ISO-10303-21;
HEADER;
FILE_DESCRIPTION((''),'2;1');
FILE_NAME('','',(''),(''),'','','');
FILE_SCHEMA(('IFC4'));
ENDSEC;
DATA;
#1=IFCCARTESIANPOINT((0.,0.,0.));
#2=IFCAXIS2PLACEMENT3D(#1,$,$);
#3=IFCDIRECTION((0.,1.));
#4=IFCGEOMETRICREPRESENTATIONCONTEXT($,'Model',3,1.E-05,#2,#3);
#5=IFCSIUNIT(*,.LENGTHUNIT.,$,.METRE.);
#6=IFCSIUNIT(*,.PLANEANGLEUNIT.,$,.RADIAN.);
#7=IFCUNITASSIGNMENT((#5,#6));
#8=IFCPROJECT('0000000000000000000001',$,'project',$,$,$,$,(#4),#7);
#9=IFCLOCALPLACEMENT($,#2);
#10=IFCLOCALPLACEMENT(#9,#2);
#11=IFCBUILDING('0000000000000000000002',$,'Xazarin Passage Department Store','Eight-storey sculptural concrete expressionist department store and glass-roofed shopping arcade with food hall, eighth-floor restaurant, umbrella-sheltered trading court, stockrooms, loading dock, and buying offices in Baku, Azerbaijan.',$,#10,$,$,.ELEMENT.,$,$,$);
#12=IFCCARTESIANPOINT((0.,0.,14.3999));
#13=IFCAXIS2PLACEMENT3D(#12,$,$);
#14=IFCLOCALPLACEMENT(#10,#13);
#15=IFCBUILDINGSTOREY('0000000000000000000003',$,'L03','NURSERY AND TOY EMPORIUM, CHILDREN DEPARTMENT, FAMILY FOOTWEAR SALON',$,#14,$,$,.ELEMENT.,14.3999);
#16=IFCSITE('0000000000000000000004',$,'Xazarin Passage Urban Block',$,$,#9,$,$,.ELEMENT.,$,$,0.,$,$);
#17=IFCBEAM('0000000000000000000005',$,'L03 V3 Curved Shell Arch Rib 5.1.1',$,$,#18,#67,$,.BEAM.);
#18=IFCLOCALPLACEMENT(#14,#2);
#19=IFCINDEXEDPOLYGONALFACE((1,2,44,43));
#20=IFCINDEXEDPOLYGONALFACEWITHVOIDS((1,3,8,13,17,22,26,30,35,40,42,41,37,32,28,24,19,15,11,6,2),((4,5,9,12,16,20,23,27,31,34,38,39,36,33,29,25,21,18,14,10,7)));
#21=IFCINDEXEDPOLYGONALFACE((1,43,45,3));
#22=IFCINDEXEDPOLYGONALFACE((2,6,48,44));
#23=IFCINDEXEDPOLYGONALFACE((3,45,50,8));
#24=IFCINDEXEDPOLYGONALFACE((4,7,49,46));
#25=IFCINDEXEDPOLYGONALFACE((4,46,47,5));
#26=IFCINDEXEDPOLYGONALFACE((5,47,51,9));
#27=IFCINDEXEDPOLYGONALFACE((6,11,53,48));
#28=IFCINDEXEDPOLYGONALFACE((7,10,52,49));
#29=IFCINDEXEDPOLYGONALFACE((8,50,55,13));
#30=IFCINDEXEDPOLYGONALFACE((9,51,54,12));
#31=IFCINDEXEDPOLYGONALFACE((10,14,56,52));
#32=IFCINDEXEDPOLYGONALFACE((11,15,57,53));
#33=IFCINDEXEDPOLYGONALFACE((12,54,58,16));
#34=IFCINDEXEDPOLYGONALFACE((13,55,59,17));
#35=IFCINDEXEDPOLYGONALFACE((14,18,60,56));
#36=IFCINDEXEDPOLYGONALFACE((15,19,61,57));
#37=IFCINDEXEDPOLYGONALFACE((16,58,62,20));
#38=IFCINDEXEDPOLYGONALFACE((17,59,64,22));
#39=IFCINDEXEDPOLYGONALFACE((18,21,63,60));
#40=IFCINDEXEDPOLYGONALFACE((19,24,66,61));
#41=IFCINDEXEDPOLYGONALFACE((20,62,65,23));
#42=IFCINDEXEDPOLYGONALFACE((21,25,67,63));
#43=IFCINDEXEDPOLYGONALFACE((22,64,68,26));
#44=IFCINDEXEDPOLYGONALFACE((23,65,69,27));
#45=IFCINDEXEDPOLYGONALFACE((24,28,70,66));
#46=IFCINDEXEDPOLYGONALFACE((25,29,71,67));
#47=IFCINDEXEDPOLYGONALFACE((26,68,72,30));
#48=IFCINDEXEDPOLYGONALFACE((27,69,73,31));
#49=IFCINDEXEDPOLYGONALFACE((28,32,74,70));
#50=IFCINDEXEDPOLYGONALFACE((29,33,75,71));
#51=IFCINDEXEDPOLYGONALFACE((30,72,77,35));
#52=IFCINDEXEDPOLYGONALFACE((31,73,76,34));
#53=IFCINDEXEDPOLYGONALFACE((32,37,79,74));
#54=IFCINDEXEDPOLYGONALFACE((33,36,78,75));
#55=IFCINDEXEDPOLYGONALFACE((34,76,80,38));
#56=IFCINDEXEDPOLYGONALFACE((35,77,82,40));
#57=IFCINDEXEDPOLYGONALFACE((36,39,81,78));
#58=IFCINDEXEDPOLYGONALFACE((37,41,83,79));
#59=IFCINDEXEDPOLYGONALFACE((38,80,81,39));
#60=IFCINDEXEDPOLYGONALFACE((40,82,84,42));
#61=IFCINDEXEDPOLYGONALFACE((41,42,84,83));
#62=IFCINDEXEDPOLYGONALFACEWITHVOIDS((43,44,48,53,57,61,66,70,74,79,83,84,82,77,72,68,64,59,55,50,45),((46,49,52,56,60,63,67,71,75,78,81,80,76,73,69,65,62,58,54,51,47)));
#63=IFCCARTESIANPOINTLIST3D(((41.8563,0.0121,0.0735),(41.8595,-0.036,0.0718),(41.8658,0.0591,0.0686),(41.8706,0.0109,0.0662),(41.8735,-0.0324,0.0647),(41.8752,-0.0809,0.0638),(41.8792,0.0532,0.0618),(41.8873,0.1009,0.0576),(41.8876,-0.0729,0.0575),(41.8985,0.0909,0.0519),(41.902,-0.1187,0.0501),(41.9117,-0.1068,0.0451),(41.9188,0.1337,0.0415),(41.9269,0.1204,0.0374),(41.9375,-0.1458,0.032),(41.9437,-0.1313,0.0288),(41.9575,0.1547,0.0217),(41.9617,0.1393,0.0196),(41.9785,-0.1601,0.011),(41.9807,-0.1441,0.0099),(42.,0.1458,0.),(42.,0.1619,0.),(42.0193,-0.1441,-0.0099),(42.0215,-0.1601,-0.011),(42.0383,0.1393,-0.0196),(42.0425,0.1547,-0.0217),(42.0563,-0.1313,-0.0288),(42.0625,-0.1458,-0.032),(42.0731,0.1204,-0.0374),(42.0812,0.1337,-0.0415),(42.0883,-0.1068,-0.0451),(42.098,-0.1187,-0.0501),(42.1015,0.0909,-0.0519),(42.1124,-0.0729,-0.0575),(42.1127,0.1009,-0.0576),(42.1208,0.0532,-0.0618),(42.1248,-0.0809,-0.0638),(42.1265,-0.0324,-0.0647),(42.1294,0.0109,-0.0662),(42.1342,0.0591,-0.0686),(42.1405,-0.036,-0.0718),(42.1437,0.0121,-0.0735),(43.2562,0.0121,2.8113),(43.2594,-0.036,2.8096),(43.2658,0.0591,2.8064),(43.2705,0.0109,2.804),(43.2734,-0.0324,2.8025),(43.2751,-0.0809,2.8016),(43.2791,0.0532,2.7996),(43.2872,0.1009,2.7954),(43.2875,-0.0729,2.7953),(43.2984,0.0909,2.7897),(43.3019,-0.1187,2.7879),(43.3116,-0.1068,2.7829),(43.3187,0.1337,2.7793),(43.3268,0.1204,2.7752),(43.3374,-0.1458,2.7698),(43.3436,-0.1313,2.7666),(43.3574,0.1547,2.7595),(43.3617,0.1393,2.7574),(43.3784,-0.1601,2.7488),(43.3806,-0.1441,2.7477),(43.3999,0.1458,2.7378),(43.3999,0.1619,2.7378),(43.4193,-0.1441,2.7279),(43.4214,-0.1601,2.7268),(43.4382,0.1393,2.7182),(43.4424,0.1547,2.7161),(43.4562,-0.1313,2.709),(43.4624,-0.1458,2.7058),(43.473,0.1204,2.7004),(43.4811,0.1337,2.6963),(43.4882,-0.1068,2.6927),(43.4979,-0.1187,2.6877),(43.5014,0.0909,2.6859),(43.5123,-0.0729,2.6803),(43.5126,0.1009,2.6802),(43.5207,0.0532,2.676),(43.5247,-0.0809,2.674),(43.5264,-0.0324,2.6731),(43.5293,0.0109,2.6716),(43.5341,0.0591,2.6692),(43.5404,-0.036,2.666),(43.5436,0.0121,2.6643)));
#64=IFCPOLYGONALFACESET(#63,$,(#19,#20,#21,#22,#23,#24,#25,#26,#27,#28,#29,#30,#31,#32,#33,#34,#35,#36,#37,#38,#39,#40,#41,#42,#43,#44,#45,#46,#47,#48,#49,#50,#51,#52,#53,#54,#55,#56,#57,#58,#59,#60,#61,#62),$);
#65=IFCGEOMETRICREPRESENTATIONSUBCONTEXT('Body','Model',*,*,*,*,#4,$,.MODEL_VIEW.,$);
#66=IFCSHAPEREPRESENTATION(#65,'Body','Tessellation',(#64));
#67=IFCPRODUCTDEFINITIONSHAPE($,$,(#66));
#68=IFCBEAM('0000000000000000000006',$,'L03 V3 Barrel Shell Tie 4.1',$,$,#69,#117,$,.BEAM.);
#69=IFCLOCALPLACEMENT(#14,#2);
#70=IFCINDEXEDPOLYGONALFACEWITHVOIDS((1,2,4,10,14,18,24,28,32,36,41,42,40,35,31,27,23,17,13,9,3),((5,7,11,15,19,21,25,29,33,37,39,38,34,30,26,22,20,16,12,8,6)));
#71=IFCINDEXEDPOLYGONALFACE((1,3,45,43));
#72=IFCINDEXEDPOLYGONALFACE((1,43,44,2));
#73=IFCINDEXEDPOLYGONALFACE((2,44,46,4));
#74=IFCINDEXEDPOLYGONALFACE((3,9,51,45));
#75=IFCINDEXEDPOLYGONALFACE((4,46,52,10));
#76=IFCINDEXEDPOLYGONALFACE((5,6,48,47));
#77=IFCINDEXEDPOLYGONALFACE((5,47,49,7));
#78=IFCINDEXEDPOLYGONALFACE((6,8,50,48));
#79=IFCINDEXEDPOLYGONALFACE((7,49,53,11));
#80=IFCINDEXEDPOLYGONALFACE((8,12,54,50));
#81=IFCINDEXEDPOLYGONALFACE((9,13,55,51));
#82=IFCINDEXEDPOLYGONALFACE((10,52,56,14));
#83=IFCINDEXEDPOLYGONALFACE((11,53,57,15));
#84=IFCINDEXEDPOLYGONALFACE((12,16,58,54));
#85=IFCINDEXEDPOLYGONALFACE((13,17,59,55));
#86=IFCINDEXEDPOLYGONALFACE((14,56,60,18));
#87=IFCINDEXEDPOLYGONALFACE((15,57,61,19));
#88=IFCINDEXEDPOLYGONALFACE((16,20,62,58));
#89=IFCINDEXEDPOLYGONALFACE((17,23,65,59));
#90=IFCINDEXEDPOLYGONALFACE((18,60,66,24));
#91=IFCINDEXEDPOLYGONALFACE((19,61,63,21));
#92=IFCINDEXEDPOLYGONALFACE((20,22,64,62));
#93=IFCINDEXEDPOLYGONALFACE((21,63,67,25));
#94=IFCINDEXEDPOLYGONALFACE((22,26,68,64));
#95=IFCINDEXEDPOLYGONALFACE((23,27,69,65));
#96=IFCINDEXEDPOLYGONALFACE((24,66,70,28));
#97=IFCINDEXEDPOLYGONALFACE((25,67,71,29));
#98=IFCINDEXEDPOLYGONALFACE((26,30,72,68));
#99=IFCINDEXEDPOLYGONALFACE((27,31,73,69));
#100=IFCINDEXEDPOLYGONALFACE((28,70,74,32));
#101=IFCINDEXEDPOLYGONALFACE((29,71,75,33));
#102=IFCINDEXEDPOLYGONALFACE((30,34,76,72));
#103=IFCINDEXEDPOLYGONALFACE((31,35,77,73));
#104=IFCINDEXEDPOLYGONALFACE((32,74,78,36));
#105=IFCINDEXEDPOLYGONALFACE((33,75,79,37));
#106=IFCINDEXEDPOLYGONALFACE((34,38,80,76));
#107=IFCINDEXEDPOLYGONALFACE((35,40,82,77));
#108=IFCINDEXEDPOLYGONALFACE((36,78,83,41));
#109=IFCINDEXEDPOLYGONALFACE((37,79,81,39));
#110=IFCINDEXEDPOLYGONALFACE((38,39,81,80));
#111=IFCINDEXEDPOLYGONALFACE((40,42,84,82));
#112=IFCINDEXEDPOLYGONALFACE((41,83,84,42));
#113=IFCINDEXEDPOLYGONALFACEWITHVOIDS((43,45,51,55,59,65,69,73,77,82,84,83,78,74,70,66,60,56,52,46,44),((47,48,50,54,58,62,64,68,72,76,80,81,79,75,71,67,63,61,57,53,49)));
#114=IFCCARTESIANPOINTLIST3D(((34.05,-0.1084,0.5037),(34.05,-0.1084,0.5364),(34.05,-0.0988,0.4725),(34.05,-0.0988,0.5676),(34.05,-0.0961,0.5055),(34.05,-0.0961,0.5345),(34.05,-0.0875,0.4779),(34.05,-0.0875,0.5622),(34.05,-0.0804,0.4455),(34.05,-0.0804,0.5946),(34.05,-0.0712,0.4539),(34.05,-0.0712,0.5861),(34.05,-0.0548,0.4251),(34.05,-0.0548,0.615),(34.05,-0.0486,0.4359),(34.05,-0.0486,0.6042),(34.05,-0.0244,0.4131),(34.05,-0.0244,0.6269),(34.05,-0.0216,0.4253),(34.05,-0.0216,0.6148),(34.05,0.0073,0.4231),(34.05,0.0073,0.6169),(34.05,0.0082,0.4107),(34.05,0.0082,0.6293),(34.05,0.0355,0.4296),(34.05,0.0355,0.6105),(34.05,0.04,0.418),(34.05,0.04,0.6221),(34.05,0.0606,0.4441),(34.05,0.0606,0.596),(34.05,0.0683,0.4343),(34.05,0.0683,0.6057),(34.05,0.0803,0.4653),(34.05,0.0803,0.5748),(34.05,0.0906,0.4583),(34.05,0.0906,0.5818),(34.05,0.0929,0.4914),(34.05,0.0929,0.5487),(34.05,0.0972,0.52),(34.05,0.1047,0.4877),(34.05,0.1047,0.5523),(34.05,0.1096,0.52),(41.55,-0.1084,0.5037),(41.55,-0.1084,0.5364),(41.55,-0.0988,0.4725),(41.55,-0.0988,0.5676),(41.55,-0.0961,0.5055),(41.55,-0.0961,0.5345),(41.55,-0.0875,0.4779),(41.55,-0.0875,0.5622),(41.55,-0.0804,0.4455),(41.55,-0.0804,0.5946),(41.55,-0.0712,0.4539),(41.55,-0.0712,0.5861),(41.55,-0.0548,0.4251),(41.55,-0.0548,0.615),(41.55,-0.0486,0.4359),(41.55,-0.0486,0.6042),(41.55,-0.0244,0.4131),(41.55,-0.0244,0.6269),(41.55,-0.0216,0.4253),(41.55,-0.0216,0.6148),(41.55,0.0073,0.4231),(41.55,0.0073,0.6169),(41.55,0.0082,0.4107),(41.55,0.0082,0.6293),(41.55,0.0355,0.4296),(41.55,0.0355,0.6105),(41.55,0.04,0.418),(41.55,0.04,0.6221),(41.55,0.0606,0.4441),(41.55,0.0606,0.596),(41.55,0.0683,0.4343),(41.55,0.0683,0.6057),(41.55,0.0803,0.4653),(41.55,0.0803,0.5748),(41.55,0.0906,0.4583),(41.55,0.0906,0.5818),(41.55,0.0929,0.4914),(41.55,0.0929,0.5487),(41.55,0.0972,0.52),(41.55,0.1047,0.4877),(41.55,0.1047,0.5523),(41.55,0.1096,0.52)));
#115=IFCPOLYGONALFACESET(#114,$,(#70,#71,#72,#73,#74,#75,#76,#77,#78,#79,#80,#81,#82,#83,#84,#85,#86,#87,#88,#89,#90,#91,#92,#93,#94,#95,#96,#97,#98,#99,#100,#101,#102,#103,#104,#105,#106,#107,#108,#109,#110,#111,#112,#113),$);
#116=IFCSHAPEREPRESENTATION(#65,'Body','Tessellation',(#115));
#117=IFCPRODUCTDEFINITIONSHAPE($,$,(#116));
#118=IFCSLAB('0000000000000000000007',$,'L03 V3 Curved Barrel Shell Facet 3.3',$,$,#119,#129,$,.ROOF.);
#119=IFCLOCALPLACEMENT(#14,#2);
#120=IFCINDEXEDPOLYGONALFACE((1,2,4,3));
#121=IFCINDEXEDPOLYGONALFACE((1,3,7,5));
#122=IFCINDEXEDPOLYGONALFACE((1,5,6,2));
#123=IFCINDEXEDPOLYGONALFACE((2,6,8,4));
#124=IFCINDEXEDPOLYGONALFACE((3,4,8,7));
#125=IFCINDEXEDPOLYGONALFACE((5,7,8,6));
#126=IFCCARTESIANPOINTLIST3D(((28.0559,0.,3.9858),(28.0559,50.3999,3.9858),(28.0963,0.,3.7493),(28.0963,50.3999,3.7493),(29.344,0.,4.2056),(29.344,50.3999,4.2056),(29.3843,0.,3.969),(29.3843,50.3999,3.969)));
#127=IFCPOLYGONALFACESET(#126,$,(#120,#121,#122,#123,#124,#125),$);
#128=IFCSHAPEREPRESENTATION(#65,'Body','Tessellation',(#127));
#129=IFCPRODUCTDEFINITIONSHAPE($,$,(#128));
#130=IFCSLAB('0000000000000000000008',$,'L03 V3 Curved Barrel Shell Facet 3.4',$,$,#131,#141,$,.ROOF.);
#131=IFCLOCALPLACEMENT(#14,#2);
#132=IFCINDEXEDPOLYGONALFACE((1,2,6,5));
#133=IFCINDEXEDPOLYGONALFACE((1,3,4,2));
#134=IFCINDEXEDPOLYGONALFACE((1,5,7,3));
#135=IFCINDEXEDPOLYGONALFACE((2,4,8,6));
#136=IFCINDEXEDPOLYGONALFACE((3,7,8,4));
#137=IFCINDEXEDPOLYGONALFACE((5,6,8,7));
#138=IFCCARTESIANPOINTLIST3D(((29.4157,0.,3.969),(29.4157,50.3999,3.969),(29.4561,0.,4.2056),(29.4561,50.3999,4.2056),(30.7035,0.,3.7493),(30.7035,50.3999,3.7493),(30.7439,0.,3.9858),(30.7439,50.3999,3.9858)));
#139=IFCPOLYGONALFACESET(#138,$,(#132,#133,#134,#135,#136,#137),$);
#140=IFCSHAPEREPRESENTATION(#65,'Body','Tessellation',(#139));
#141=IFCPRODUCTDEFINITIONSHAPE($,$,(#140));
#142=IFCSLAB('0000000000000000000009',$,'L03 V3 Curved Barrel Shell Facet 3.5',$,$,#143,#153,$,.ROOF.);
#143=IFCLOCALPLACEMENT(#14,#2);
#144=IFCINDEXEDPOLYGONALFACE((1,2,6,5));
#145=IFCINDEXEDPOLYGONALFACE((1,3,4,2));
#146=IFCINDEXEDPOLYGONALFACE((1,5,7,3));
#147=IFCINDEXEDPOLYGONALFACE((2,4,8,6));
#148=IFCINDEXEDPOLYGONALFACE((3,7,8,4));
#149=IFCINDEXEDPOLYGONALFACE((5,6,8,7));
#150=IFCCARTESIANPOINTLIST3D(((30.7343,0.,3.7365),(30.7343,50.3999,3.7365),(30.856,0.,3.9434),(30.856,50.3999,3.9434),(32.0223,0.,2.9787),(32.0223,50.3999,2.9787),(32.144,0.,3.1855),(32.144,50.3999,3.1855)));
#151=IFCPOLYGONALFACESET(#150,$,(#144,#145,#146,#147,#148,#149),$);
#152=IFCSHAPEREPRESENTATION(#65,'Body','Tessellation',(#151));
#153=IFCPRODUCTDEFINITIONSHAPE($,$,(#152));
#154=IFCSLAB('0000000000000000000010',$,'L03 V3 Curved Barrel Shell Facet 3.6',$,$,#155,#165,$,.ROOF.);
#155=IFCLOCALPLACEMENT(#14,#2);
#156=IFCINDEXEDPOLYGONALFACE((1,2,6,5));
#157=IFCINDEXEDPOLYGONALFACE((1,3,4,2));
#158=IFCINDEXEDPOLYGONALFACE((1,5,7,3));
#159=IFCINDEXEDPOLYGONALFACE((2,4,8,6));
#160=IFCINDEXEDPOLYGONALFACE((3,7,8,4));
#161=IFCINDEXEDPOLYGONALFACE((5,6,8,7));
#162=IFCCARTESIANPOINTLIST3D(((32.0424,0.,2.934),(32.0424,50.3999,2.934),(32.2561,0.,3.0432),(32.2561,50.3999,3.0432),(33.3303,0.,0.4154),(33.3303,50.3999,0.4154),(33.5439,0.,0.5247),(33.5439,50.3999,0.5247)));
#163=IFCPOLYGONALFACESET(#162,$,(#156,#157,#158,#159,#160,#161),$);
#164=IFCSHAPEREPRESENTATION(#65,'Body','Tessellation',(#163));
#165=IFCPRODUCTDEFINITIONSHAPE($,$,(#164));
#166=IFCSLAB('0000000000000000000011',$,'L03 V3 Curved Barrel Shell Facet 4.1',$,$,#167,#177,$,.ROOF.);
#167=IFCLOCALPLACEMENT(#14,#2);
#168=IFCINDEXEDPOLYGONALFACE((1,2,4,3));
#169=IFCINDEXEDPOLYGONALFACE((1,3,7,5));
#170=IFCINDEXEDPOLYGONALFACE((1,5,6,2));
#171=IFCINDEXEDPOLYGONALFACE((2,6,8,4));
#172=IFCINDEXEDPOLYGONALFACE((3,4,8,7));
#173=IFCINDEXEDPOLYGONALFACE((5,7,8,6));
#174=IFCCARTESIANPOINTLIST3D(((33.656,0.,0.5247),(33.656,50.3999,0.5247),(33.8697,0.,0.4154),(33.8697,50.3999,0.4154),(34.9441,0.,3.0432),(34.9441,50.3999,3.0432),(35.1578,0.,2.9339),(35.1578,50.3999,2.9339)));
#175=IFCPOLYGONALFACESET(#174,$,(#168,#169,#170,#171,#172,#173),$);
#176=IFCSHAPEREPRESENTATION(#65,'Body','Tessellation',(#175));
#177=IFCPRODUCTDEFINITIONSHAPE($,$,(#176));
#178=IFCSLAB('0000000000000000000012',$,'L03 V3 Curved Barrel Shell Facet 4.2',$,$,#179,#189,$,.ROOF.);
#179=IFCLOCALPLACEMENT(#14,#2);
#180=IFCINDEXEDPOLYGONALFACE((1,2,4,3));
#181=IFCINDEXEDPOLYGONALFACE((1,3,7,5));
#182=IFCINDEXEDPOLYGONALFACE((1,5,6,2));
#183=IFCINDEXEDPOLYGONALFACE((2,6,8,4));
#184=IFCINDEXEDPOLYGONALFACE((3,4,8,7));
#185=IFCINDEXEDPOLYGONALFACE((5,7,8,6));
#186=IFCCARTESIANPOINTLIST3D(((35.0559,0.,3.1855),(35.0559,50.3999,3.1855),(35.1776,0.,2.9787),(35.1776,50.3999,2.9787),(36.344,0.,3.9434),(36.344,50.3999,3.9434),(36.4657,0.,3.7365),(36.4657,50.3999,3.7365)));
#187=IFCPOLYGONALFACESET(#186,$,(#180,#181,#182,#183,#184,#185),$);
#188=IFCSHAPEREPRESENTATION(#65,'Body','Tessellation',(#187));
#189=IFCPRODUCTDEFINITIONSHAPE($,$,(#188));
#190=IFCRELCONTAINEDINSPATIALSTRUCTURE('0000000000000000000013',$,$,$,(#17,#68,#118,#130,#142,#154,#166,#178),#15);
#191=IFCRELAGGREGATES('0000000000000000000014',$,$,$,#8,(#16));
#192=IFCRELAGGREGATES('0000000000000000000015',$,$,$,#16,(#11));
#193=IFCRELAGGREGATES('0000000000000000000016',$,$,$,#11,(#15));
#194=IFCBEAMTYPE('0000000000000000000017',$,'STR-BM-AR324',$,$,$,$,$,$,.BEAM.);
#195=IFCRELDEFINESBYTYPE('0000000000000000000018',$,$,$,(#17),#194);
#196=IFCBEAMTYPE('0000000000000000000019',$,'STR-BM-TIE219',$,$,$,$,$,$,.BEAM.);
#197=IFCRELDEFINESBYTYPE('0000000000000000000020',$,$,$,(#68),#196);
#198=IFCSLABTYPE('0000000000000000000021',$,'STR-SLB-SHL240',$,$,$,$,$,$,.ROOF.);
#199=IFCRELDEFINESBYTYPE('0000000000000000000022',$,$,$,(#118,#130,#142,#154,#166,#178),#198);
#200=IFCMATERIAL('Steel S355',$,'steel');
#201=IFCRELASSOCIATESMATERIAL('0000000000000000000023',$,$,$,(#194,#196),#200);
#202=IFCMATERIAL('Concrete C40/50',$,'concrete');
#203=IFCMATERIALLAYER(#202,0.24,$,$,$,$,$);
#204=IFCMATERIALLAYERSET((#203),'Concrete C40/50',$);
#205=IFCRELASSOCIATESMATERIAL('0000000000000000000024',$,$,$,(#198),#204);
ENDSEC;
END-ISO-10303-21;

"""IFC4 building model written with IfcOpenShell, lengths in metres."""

from ifc_helpers import new_model, si_unit, direction, frame, origin, origin_2d, place, context, subcontext, project, spatial, polyline, hollow_circle, outline, extrude, material, layer, layer_set, material_profile, profile_set, type_object, element, save


model = new_model("IFC4")

# Units and contexts
model_context = context("Model", 3, precision=1e-05, world=origin(), true_north=direction((0.0, 1.0)))
body_context = subcontext(model_context, "Body", "Model", "MODEL_VIEW")
ifc_project = project(units=[si_unit("LENGTHUNIT", "METRE"), si_unit("PLANEANGLEUNIT", "RADIAN")], contexts=[model_context])

# Site, building, storey
site_placement = place(None, origin())
site = spatial("IfcSite", under=ifc_project, at=site_placement, Name="Xazarin Passage Urban Block", CompositionType="ELEMENT", RefElevation=0.0)
building_placement = place(site_placement, origin())
building = spatial("IfcBuilding", under=site, at=building_placement, Name="Xazarin Passage Department Store", Description="Eight-storey sculptural concrete expressionist department store and glass-roofed shopping arcade with food hall, eighth-floor restaurant, umbrella-sheltered trading court, stockrooms, loading dock, and buying offices in Baku, Azerbaijan.", CompositionType="ELEMENT")
storey_placement = place(building_placement, frame((0.0, 0.0, 14.3999)))
storey = spatial("IfcBuildingStorey", under=building, at=storey_placement, Name="L03", Description="NURSERY AND TOY EMPORIUM, CHILDREN DEPARTMENT, FAMILY FOOTWEAR SALON", CompositionType="ELEMENT", Elevation=14.3999)

# Beams
ifc_material_1 = material(Name="Steel S355", Category="steel")
ifc_material_profile_1 = material_profile(ifc_material_1, hollow_circle(Radius=0.1619, WallThickness=0.0161, at=origin_2d()), Name="CHS 323.9x16")
ifc_profile_set_1 = profile_set([ifc_material_profile_1], Name="Steel S355")
beam_type_1 = type_object("IfcBeamType", Name="STR-BM-AR324", PredefinedType="BEAM", material=ifc_profile_set_1)
for number, where, z_axis, x_axis, name in (
    (1, (42.0, 0.0, 0.0), (0.455262, 0.0, 0.890357), (0.0, 1.0, 0.0), "L03 V3 Curved Shell Arch Rib 5.1.1"),
):
    element("IfcBeam", number, at=place(storey_placement, frame(where, z_axis=z_axis, x_axis=x_axis)), inside=storey, type_object=beam_type_1, Name=name, PredefinedType="BEAM", context=body_context, shape_type="SweptSolid", body=[
        extrude(hollow_circle(Radius=0.1619, WallThickness=0.0161, at=origin_2d()), origin(), (0.0, 0.0, 1.0), 3.075),
    ])
ifc_material_profile_2 = material_profile(ifc_material_1, hollow_circle(Radius=0.1096, WallThickness=0.0125, at=origin_2d()), Name="CHS 219.1x12.5")
ifc_profile_set_2 = profile_set([ifc_material_profile_2], Name="Steel S355")
beam_type_2 = type_object("IfcBeamType", Name="STR-BM-TIE219", PredefinedType="BEAM", material=ifc_profile_set_2)
beam_1_placement = place(storey_placement, frame((34.05, 0.0, 0.52), z_axis=(1.0, 0.0, 0.0), x_axis=(0.0, 1.0, 0.0)))
element("IfcBeam", 2, at=beam_1_placement, inside=storey, type_object=beam_type_2, Name="L03 V3 Barrel Shell Tie 4.1", PredefinedType="BEAM", context=body_context, shape_type="SweptSolid", body=[
    extrude(hollow_circle(Radius=0.1096, WallThickness=0.0125, at=origin_2d()), origin(), (0.0, 0.0, 1.0), 7.5),
])

# Slabs
ifc_material_2 = material(Name="Concrete C40/50", Category="concrete")
ifc_layer = layer(ifc_material_2, 0.24)
ifc_layer_set = layer_set([ifc_layer], Name="Concrete C40/50")
slab_type = type_object("IfcSlabType", Name="STR-SLB-SHL240", PredefinedType="ROOF", material=ifc_layer_set)
slab_1_placement = place(storey_placement, frame((28.0559, 0.0, 3.9858), z_axis=(-0.168155, 0.0, 0.985761), x_axis=(0.985761, 0.0, 0.168155)))
element("IfcSlab", 3, at=slab_1_placement, inside=storey, type_object=slab_type, Name="L03 V3 Curved Barrel Shell Facet 3.3", PredefinedType="ROOF", context=body_context, shape_type="SweptSolid", body=[
    extrude(outline(polyline([(0.0, 0.0), (1.3067, 0.0), (1.3067, 50.3999), (0.0, 50.3999), (0.0, 0.0)])), origin(), (0.0, 0.0, -1.0), 0.24),
])
slab_2_placement = place(storey_placement, frame((29.4561, 0.0, 4.2056), z_axis=(0.168186, 0.0, 0.985755), x_axis=(0.985755, 0.0, -0.168186)))
element("IfcSlab", 4, at=slab_2_placement, inside=storey, type_object=slab_type, Name="L03 V3 Curved Barrel Shell Facet 3.4", PredefinedType="ROOF", context=body_context, shape_type="SweptSolid", body=[
    extrude(outline(polyline([(0.0, 0.0), (1.3065, 0.0), (1.3065, 50.3999), (0.0, 50.3999), (0.0, 0.0)])), origin(), (0.0, 0.0, -1.0), 0.24),
])
slab_3_placement = place(storey_placement, frame((30.856, 0.0, 3.9434), z_axis=(0.507077, 0.0, 0.861901), x_axis=(0.861901, 0.0, -0.507077)))
element("IfcSlab", 5, at=slab_3_placement, inside=storey, type_object=slab_type, Name="L03 V3 Curved Barrel Shell Facet 3.5", PredefinedType="ROOF", context=body_context, shape_type="SweptSolid", body=[
    extrude(outline(polyline([(0.0, 0.0), (1.4945, 0.0), (1.4945, 50.3999), (0.0, 50.3999), (0.0, 0.0)])), origin(), (0.0, 0.0, -1.0), 0.24),
])
slab_4_placement = place(storey_placement, frame((32.2561, 0.0, 3.0432), z_axis=(0.890352, 0.0, 0.455274), x_axis=(0.455274, 0.0, -0.890352)))
element("IfcSlab", 6, at=slab_4_placement, inside=storey, type_object=slab_type, Name="L03 V3 Curved Barrel Shell Facet 3.6", PredefinedType="ROOF", context=body_context, shape_type="SweptSolid", body=[
    extrude(outline(polyline([(0.0, 0.0), (2.8287, 0.0), (2.8287, 50.3999), (0.0, 50.3999), (0.0, 0.0)])), origin(), (0.0, 0.0, -1.0), 0.24),
])
slab_5_placement = place(storey_placement, frame((33.656, 0.0, 0.5247), z_axis=(-0.890317, 0.0, 0.455342), x_axis=(0.455342, 0.0, 0.890317)))
element("IfcSlab", 7, at=slab_5_placement, inside=storey, type_object=slab_type, Name="L03 V3 Curved Barrel Shell Facet 4.1", PredefinedType="ROOF", context=body_context, shape_type="SweptSolid", body=[
    extrude(outline(polyline([(0.0, 0.0), (2.8288, 0.0), (2.8288, 50.3999), (0.0, 50.3999), (0.0, 0.0)])), origin(), (0.0, 0.0, -1.0), 0.24),
])
slab_6_placement = place(storey_placement, frame((35.0559, 0.0, 3.1855), z_axis=(-0.507077, 0.0, 0.861901), x_axis=(0.861901, 0.0, 0.507077)))
element("IfcSlab", 8, at=slab_6_placement, inside=storey, type_object=slab_type, Name="L03 V3 Curved Barrel Shell Facet 4.2", PredefinedType="ROOF", context=body_context, shape_type="SweptSolid", body=[
    extrude(outline(polyline([(0.0, 0.0), (1.4945, 0.0), (1.4945, 50.3999), (0.0, 50.3999), (0.0, 0.0)])), origin(), (0.0, 0.0, -1.0), 0.24),
])

save(model, "model.ifc")
